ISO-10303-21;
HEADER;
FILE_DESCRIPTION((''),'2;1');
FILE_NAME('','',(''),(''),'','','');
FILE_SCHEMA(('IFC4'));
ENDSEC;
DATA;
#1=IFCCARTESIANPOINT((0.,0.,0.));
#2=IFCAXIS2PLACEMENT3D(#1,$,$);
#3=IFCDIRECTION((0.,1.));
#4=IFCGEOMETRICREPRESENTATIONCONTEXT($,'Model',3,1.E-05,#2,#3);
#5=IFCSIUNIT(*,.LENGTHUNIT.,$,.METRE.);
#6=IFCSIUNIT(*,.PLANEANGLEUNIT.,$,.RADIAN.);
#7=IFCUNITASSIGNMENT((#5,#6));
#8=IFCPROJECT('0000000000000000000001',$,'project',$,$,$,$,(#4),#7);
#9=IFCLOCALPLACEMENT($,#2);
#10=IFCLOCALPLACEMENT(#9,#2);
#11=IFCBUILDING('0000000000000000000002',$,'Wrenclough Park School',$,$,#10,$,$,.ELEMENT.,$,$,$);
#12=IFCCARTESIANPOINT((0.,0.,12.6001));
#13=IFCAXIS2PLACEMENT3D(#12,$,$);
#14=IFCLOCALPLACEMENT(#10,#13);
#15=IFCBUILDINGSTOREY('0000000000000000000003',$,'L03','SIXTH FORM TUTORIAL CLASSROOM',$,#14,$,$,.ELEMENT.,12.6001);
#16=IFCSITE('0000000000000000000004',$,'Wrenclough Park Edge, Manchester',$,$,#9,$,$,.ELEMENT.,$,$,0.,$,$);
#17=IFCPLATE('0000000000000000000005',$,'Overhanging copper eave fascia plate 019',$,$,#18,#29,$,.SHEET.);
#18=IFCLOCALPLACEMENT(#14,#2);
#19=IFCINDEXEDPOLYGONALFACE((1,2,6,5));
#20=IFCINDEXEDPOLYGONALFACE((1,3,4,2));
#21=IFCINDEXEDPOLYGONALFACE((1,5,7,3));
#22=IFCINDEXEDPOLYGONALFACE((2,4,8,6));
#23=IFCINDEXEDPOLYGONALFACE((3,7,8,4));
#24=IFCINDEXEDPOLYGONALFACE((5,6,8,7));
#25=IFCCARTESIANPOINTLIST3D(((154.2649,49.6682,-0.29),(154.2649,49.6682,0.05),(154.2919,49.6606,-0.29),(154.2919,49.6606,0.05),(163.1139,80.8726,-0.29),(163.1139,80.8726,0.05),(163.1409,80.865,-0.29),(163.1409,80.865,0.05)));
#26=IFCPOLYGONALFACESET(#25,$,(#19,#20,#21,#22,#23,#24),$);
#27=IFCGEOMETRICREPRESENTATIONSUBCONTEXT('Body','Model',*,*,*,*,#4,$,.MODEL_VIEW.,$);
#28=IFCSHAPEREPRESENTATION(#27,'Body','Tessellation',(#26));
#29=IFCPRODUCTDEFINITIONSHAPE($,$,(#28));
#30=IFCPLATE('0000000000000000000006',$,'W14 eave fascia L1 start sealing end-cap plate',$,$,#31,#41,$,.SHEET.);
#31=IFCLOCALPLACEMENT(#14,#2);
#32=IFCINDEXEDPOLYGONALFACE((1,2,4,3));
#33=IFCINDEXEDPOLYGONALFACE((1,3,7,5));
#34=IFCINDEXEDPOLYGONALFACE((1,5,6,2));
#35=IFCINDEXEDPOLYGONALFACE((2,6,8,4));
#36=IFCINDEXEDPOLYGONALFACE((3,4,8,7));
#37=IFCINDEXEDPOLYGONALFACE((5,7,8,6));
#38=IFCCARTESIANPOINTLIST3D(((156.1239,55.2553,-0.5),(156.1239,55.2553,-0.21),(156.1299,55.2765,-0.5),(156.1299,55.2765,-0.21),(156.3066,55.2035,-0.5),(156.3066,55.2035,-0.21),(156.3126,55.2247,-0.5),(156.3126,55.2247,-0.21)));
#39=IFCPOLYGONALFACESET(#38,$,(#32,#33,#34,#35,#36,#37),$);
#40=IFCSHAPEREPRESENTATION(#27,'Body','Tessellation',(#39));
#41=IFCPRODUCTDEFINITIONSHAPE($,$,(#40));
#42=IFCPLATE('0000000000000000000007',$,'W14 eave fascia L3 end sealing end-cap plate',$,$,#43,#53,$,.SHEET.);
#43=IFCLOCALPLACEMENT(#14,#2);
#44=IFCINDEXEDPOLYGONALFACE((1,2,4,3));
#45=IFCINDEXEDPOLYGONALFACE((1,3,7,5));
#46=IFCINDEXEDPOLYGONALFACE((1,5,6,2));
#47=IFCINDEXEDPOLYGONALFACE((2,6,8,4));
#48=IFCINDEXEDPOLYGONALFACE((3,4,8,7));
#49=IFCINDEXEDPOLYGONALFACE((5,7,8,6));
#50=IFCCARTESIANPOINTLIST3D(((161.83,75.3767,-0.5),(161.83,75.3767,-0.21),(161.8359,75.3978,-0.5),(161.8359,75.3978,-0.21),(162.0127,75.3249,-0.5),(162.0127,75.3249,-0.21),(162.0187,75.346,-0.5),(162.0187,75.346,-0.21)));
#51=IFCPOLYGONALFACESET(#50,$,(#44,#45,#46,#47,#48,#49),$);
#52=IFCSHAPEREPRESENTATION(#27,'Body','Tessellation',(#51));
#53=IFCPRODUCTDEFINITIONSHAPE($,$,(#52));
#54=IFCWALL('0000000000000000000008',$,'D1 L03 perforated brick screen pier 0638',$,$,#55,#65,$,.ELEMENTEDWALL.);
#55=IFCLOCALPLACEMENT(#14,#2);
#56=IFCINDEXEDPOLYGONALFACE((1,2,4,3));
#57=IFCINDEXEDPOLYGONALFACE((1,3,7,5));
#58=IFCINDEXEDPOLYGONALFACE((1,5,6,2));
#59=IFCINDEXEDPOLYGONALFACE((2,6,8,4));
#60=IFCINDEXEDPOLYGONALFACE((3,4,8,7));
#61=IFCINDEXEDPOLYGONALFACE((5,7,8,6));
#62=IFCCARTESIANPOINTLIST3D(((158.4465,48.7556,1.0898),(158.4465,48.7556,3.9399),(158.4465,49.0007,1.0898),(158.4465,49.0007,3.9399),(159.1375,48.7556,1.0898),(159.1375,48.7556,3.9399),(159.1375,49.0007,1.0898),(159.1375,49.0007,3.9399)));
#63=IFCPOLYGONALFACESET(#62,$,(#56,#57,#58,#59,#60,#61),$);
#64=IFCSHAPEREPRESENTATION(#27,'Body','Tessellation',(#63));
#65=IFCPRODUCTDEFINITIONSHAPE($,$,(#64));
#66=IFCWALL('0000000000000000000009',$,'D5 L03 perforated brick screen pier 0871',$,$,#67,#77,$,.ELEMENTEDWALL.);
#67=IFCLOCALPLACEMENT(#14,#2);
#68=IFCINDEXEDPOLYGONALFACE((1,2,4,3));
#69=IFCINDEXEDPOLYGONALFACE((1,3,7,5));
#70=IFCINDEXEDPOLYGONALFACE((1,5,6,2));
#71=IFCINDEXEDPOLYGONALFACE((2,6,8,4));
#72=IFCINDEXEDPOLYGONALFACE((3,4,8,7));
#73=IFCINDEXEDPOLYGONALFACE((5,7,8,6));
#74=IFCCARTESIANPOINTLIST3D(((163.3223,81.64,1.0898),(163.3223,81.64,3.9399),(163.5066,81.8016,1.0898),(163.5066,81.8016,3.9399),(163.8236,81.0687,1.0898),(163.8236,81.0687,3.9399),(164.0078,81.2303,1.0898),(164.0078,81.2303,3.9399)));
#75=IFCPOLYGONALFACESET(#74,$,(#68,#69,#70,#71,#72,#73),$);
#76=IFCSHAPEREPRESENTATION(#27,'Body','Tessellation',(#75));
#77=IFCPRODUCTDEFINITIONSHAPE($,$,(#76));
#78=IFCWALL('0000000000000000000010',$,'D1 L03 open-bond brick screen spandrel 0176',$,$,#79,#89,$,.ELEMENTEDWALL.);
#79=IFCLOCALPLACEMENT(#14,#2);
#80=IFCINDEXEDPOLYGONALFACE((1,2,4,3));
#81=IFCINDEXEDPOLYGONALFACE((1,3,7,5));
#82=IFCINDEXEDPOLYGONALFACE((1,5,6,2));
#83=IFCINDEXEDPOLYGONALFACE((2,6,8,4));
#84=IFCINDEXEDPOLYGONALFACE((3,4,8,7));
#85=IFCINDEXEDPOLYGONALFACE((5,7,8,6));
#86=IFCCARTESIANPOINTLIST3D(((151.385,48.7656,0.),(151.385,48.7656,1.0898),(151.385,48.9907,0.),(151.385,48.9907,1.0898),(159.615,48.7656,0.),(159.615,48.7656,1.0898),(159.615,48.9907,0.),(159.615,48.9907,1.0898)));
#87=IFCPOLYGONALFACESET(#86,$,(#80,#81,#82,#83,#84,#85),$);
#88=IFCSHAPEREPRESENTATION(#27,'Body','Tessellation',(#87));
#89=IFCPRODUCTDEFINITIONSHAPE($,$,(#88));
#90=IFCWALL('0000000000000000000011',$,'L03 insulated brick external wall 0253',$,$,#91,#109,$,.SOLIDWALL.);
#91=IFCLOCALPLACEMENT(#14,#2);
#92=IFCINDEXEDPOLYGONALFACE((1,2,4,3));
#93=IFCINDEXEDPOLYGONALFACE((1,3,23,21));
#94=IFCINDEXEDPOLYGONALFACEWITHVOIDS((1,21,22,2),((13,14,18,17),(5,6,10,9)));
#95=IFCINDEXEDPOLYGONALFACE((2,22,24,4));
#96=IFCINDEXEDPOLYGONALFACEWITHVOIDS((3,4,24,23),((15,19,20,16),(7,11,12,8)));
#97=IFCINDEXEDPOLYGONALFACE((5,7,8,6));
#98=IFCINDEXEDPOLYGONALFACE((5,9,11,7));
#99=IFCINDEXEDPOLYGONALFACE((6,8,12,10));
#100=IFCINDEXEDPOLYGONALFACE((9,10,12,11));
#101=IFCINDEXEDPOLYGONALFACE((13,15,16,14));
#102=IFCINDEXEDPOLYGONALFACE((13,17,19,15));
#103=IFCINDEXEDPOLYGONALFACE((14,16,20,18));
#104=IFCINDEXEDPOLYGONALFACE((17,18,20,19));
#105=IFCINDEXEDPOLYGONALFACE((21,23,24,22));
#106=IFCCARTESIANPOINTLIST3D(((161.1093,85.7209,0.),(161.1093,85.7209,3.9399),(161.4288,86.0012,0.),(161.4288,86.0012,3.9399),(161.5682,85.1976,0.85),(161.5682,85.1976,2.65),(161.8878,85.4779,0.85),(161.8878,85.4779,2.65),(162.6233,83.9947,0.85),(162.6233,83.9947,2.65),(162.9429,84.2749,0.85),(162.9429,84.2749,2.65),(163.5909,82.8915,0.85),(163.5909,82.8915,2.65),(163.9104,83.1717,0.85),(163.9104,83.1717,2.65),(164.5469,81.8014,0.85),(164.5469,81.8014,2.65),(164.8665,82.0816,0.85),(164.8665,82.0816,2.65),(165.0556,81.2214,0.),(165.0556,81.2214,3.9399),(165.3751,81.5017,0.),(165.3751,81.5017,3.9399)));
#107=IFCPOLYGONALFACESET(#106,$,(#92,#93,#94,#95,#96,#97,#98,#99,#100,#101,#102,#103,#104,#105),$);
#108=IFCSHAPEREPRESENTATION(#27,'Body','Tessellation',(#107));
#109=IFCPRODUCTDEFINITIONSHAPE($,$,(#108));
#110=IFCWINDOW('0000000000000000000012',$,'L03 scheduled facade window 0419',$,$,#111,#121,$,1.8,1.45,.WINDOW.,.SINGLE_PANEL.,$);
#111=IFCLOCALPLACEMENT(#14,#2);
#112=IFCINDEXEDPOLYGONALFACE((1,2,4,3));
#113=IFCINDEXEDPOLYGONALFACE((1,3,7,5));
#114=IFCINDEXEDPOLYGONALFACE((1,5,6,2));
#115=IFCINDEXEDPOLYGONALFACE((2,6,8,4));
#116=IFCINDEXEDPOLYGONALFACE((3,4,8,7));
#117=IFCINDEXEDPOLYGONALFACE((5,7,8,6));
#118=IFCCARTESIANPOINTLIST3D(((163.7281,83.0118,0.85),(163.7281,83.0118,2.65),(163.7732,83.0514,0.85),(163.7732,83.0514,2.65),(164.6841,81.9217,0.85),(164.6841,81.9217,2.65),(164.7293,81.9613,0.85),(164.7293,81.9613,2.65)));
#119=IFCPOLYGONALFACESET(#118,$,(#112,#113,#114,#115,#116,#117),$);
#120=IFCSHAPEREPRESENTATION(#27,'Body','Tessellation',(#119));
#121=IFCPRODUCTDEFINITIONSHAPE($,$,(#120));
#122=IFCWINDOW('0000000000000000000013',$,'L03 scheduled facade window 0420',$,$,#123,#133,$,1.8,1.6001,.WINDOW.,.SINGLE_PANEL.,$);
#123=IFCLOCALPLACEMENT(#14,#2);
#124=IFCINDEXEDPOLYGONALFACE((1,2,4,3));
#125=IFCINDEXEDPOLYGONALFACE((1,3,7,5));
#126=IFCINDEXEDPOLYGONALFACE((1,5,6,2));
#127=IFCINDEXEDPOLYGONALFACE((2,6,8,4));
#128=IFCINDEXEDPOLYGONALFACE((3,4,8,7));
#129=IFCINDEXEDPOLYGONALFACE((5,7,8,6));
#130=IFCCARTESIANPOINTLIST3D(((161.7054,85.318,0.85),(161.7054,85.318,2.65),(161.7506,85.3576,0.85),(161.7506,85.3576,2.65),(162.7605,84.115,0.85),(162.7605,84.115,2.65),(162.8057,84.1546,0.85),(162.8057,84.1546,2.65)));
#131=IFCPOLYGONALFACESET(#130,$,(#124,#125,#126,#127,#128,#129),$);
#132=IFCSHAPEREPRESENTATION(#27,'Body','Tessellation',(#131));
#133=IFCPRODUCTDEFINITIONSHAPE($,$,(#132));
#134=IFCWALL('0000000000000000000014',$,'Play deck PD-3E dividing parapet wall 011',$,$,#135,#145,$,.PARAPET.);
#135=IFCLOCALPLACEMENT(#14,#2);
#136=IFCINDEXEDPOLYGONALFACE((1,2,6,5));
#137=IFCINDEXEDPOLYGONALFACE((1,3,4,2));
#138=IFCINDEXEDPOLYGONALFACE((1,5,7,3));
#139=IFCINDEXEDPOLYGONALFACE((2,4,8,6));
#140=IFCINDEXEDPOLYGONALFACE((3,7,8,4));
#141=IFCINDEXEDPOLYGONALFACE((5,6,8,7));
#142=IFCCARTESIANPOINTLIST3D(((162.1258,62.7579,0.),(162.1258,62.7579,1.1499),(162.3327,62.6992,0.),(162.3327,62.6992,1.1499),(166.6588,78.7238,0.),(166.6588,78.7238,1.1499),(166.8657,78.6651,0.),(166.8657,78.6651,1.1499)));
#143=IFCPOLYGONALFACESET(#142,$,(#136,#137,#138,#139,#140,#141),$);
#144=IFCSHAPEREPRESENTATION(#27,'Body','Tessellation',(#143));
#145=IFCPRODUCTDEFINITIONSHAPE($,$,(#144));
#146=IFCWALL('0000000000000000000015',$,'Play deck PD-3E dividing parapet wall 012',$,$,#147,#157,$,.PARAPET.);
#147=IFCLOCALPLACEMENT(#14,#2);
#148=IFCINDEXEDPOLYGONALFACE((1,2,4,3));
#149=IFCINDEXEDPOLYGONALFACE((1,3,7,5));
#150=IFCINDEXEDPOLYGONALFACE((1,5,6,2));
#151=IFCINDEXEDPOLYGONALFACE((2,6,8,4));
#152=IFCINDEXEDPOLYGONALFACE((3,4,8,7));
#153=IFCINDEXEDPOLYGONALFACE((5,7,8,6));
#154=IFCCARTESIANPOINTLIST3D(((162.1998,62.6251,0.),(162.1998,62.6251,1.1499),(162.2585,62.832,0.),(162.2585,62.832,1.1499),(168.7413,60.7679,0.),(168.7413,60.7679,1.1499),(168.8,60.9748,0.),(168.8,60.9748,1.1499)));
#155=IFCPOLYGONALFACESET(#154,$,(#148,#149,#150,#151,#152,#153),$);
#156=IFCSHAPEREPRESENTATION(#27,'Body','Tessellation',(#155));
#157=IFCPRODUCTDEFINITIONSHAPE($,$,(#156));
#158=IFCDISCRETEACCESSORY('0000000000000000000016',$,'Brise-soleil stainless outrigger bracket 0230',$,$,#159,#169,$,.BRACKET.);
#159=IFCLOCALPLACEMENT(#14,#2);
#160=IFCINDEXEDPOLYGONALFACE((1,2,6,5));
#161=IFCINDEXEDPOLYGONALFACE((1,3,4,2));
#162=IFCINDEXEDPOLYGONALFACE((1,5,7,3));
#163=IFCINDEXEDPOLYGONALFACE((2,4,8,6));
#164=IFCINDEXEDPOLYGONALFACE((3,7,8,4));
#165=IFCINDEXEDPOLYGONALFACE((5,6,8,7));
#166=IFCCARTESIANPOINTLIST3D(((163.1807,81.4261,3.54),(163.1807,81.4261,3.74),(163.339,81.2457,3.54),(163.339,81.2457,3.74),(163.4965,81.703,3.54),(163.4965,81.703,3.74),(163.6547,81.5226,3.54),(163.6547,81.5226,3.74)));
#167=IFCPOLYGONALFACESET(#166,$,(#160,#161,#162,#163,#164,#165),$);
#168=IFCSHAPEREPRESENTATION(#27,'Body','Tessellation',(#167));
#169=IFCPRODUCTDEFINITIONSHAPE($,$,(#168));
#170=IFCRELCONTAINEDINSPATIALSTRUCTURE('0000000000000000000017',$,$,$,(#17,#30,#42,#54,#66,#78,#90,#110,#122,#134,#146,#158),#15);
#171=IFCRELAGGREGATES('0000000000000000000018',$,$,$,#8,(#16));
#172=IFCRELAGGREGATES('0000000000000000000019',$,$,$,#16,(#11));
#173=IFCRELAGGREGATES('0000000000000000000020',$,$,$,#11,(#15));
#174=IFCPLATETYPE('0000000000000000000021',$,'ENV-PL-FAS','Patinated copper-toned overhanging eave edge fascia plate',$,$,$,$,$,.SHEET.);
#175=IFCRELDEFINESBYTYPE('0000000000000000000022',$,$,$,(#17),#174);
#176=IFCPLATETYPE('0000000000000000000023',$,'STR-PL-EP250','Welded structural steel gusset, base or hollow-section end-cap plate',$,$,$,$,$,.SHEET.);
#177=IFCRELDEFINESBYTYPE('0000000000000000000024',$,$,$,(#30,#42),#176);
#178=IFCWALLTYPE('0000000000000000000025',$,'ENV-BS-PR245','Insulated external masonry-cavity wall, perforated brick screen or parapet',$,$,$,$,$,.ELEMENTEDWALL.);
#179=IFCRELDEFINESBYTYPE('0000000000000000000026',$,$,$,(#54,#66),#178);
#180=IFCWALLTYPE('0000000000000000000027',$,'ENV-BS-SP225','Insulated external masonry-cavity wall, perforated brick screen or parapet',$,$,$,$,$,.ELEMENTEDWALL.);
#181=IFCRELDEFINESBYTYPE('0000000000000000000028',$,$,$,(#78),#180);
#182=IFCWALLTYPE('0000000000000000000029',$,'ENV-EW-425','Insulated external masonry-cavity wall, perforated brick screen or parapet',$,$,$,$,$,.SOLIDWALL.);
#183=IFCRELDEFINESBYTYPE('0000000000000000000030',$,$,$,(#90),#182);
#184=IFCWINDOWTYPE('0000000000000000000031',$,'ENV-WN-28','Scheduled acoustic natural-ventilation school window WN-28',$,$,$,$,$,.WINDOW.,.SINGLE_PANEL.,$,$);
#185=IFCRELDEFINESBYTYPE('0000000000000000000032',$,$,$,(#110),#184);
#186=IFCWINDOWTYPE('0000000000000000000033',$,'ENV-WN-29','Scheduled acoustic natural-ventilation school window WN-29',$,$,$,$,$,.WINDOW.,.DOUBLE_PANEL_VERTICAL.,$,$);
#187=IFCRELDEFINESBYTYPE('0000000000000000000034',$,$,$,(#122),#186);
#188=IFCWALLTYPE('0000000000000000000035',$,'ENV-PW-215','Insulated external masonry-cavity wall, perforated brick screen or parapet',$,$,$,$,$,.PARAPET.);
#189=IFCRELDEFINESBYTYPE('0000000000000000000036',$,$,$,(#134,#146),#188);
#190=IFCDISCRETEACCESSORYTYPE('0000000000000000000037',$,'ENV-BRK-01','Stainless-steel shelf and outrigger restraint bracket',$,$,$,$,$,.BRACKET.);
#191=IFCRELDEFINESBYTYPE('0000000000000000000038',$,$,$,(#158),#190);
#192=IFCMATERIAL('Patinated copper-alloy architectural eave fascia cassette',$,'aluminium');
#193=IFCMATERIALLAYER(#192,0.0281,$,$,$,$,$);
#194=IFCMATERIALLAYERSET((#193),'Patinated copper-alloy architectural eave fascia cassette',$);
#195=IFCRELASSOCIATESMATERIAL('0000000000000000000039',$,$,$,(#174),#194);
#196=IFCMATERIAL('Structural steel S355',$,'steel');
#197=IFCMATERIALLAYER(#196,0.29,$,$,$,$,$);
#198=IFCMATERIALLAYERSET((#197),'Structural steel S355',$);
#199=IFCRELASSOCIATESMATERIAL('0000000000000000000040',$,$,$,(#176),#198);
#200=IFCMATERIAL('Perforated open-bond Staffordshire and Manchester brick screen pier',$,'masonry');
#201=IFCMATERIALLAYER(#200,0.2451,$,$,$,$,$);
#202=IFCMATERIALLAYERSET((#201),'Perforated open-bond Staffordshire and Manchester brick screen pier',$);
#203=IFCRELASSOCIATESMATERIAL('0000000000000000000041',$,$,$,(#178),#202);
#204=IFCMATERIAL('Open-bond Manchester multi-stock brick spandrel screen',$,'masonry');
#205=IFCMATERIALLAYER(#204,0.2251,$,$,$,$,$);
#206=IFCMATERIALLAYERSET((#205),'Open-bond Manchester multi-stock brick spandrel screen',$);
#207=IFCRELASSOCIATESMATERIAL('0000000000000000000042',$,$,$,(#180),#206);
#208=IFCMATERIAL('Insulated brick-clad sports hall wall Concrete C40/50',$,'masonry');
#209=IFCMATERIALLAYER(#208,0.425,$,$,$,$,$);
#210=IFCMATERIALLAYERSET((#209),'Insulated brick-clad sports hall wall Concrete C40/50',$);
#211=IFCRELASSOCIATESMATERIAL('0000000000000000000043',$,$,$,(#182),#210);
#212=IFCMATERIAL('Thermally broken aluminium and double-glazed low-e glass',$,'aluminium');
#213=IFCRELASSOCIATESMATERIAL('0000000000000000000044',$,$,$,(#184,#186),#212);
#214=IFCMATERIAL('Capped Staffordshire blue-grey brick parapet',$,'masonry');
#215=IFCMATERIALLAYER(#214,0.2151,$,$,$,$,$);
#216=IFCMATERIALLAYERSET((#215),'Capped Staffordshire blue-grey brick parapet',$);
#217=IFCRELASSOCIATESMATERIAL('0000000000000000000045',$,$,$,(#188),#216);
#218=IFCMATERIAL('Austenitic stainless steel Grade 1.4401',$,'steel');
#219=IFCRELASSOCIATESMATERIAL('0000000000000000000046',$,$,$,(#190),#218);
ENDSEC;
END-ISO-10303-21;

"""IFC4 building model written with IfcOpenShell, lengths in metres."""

from ifc_helpers import new_model, si_unit, direction, frame, frame_2d, origin, origin_2d, place, context, subcontext, project, spatial, rectangle, extrude, material, layer, layer_set, type_object, element, fill, save


model = new_model("IFC4")

# Units and contexts
model_context = context("Model", 3, precision=1e-05, world=origin(), true_north=direction((0.0, 1.0)))
body_context = subcontext(model_context, "Body", "Model", "MODEL_VIEW")
ifc_project = project(units=[si_unit("LENGTHUNIT", "METRE"), si_unit("PLANEANGLEUNIT", "RADIAN")], contexts=[model_context])

# Site, building, storey
site_placement = place(None, origin())
site = spatial("IfcSite", under=ifc_project, at=site_placement, Name="Wrenclough Park Edge, Manchester", CompositionType="ELEMENT", RefElevation=0.0)
building_placement = place(site_placement, origin())
building = spatial("IfcBuilding", under=site, at=building_placement, Name="Wrenclough Park School", CompositionType="ELEMENT")
storey_placement = place(building_placement, frame((0.0, 0.0, 12.6001)))
storey = spatial("IfcBuildingStorey", under=building, at=storey_placement, Name="L03", Description="SIXTH FORM TUTORIAL CLASSROOM", CompositionType="ELEMENT", Elevation=12.6001)

# Shared definitions
ifc_material_1 = material(Name="Structural steel S355", Category="steel")

# Plates
ifc_material_2 = material(Name="Patinated copper-alloy architectural eave fascia cassette", Category="aluminium")
ifc_layer_1 = layer(ifc_material_2, 0.0281)
ifc_layer_set_1 = layer_set([ifc_layer_1], Name="Patinated copper-alloy architectural eave fascia cassette")
plate_type_1 = type_object("IfcPlateType", Name="ENV-PL-FAS", Description="Patinated copper-toned overhanging eave edge fascia plate", PredefinedType="SHEET", material=ifc_layer_set_1)
plate_placement = place(storey_placement, frame((158.7029, 65.2666, -0.29), z_axis=(0.0, 0.0, 1.0), x_axis=(-0.272824, -0.962064, 0.0)))
element("IfcPlate", 1, at=plate_placement, inside=storey, type_object=plate_type_1, Name="Overhanging copper eave fascia plate 019", PredefinedType="SHEET", context=body_context, shape_type="SweptSolid", body=[
    extrude(rectangle(XDim=32.4348, YDim=0.0281, at=origin_2d()), origin(), (0.0, 0.0, 1.0), 0.3401),
])
ifc_layer_2 = layer(ifc_material_1, 0.29)
ifc_layer_set_2 = layer_set([ifc_layer_2], Name="Structural steel S355")
plate_type_2 = type_object("IfcPlateType", Name="STR-PL-EP250", Description="Welded structural steel gusset, base or hollow-section end-cap plate", PredefinedType="SHEET", material=ifc_layer_set_2)
for number, where, z_axis, x_axis, name in (
    (2, (156.2183, 55.24, -0.5), (0.0, 0.0, 1.0), (0.272784, 0.962075, 0.0), "W14 eave fascia L1 start sealing end-cap plate"),
    (3, (161.9243, 75.3613, -0.5), (0.0, 0.0, 1.0), (0.272784, 0.962075, 0.0), "W14 eave fascia L3 end sealing end-cap plate"),
):
    element("IfcPlate", number, at=place(storey_placement, frame(where, z_axis=z_axis, x_axis=x_axis)), inside=storey, type_object=plate_type_2, Name=name, PredefinedType="SHEET", context=body_context, shape_type="SweptSolid", body=[
        extrude(rectangle(XDim=0.022, YDim=0.1899, at=origin_2d()), origin(), (0.0, 0.0, 1.0), 0.29),
    ])

# Walls
ifc_material_3 = material(Name="Perforated open-bond Staffordshire and Manchester brick screen pier", Category="masonry")
ifc_layer_3 = layer(ifc_material_3, 0.2451)
ifc_layer_set_3 = layer_set([ifc_layer_3], Name="Perforated open-bond Staffordshire and Manchester brick screen pier")
wall_type_1 = type_object("IfcWallType", Name="ENV-BS-PR245", Description="Insulated external masonry-cavity wall, perforated brick screen or parapet", PredefinedType="ELEMENTEDWALL", material=ifc_layer_set_3)
wall_1_placement = place(storey_placement, frame((159.1375, 48.8782, 1.0898), z_axis=(0.0, 0.0, 1.0), x_axis=(-1.0, 0.0, 0.0)))
element("IfcWall", 4, at=wall_1_placement, inside=storey, type_object=wall_type_1, Name="D1 L03 perforated brick screen pier 0638", PredefinedType="ELEMENTEDWALL", context=body_context, shape_type="SweptSolid", body=[
    extrude(rectangle(XDim=0.6909, YDim=0.2451, at=frame_2d((0.3455, 0.0))), origin(), (0.0, 0.0, 1.0), 2.8501),
])
wall_2_placement = place(storey_placement, frame((163.4146, 81.7207, 1.0898), z_axis=(0.0, 0.0, 1.0), x_axis=(0.659505, -0.7517, 0.0)))
element("IfcWall", 5, at=wall_2_placement, inside=storey, type_object=wall_type_1, Name="D5 L03 perforated brick screen pier 0871", PredefinedType="ELEMENTEDWALL", context=body_context, shape_type="SweptSolid", body=[
    extrude(rectangle(XDim=0.76, YDim=0.2451, at=frame_2d((0.3799, 0.0))), origin(), (0.0, 0.0, 1.0), 2.8501),
])
ifc_material_4 = material(Name="Open-bond Manchester multi-stock brick spandrel screen", Category="masonry")
ifc_layer_4 = layer(ifc_material_4, 0.2251)
ifc_layer_set_4 = layer_set([ifc_layer_4], Name="Open-bond Manchester multi-stock brick spandrel screen")
wall_type_2 = type_object("IfcWallType", Name="ENV-BS-SP225", Description="Insulated external masonry-cavity wall, perforated brick screen or parapet", PredefinedType="ELEMENTEDWALL", material=ifc_layer_set_4)
wall_3_placement = place(storey_placement, frame((159.615, 48.8782, 0.0), z_axis=(0.0, 0.0, 1.0), x_axis=(-1.0, 0.0, 0.0)))
element("IfcWall", 6, at=wall_3_placement, inside=storey, type_object=wall_type_2, Name="D1 L03 open-bond brick screen spandrel 0176", PredefinedType="ELEMENTEDWALL", context=body_context, shape_type="SweptSolid", body=[
    extrude(rectangle(XDim=8.23, YDim=0.2251, at=frame_2d((4.115, 0.0))), origin(), (0.0, 0.0, 1.0), 1.0898),
])

# Wall, openings, windows
ifc_material_5 = material(Name="Insulated brick-clad sports hall wall Concrete C40/50", Category="masonry")
ifc_layer_5 = layer(ifc_material_5, 0.425)
ifc_layer_set_5 = layer_set([ifc_layer_5], Name="Insulated brick-clad sports hall wall Concrete C40/50")
wall_type_3 = type_object("IfcWallType", Name="ENV-EW-425", Description="Insulated external masonry-cavity wall, perforated brick screen or parapet", PredefinedType="SOLIDWALL", material=ifc_layer_set_5)
wall_4_placement = place(storey_placement, frame((165.2153, 81.3616, 0.0), z_axis=(0.0, 0.0, 1.0), x_axis=(-0.659376, 0.751813, 0.0)))
wall_4 = element("IfcWall", 7, at=wall_4_placement, inside=storey, type_object=wall_type_3, Name="L03 insulated brick external wall 0253", PredefinedType="SOLIDWALL", context=body_context, shape_type="SweptSolid", body=[
    extrude(rectangle(XDim=5.9849, YDim=0.425, at=frame_2d((2.9924, 0.0))), origin(), (0.0, 0.0, 1.0), 3.9399),
])
opening_1_placement = place(wall_4_placement, frame((0.7712, 0.0, 0.8501)))
opening_1 = element("IfcOpeningElement", 8, at=opening_1_placement, cuts=wall_4, PredefinedType="OPENING", context=body_context, shape_type="SweptSolid", body=[
    extrude(rectangle(XDim=1.45, YDim=1.8, at=frame_2d((0.7251, 0.8999))), frame((0.0, 0.2224, 0.0), z_axis=(0.0, -1.0, 0.0), x_axis=(1.0, 0.0, 0.0)), (0.0, 0.0, 1.0), 0.4451),
])
opening_2_placement = place(wall_4_placement, frame((3.6887, 0.0, 0.8501)))
opening_2 = element("IfcOpeningElement", 9, at=opening_2_placement, cuts=wall_4, PredefinedType="OPENING", context=body_context, shape_type="SweptSolid", body=[
    extrude(rectangle(XDim=1.6001, YDim=1.8, at=frame_2d((0.8, 0.8999))), frame((0.0, 0.2224, 0.0), z_axis=(0.0, -1.0, 0.0), x_axis=(1.0, 0.0, 0.0)), (0.0, 0.0, 1.0), 0.4451),
])
ifc_material_6 = material(Name="Thermally broken aluminium and double-glazed low-e glass", Category="aluminium")
window_type_1 = type_object("IfcWindowType", Name="ENV-WN-28", Description="Scheduled acoustic natural-ventilation school window WN-28", PartitioningType="SINGLE_PANEL", PredefinedType="WINDOW", material=ifc_material_6)
window_1_placement = place(opening_1_placement, origin())
window_1 = element("IfcWindow", 10, at=window_1_placement, inside=storey, type_object=window_type_1, Name="L03 scheduled facade window 0419", OverallHeight=1.8, OverallWidth=1.45, PartitioningType="SINGLE_PANEL", PredefinedType="WINDOW", context=body_context, shape_type="SweptSolid", body=[
    extrude(rectangle(XDim=1.45, YDim=1.8, at=frame_2d((0.7251, 0.8999))), frame((0.0, 0.03, 0.0), z_axis=(0.0, -1.0, 0.0), x_axis=(1.0, 0.0, 0.0)), (0.0, 0.0, 1.0), 0.0601),
])
fill(opening_1, window_1)
window_type_2 = type_object("IfcWindowType", Name="ENV-WN-29", Description="Scheduled acoustic natural-ventilation school window WN-29", PartitioningType="DOUBLE_PANEL_VERTICAL", PredefinedType="WINDOW", material=ifc_material_6)
window_2_placement = place(opening_2_placement, origin())
window_2 = element("IfcWindow", 11, at=window_2_placement, inside=storey, type_object=window_type_2, Name="L03 scheduled facade window 0420", OverallHeight=1.8, OverallWidth=1.6001, PartitioningType="SINGLE_PANEL", PredefinedType="WINDOW", context=body_context, shape_type="SweptSolid", body=[
    extrude(rectangle(XDim=1.6001, YDim=1.8, at=frame_2d((0.8, 0.8999))), frame((0.0, 0.03, 0.0), z_axis=(0.0, -1.0, 0.0), x_axis=(1.0, 0.0, 0.0)), (0.0, 0.0, 1.0), 0.0601),
])
fill(opening_2, window_2)

# Walls
ifc_material_7 = material(Name="Capped Staffordshire blue-grey brick parapet", Category="masonry")
ifc_layer_6 = layer(ifc_material_7, 0.2151)
ifc_layer_set_6 = layer_set([ifc_layer_6], Name="Capped Staffordshire blue-grey brick parapet")
wall_type_4 = type_object("IfcWallType", Name="ENV-PW-215", Description="Insulated external masonry-cavity wall, perforated brick screen or parapet", PredefinedType="PARAPET", material=ifc_layer_set_6)
wall_5_placement = place(storey_placement, frame((166.7622, 78.6943, 0.0), z_axis=(0.0, 0.0, 1.0), x_axis=(-0.273122, -0.961979, 0.0)))
element("IfcWall", 12, at=wall_5_placement, inside=storey, type_object=wall_type_4, Name="Play deck PD-3E dividing parapet wall 011", PredefinedType="PARAPET", context=body_context, shape_type="SweptSolid", body=[
    extrude(rectangle(XDim=16.5969, YDim=0.2151, at=frame_2d((8.2983, 0.0))), origin(), (0.0, 0.0, 1.0), 1.1499),
])
wall_6_placement = place(storey_placement, frame((162.2292, 62.7285, 0.0), z_axis=(0.0, 0.0, 1.0), x_axis=(0.961982, -0.273113, 0.0)))
element("IfcWall", 13, at=wall_6_placement, inside=storey, type_object=wall_type_4, Name="Play deck PD-3E dividing parapet wall 012", PredefinedType="PARAPET", context=body_context, shape_type="SweptSolid", body=[
    extrude(rectangle(XDim=6.8, YDim=0.2151, at=frame_2d((3.3999, 0.0))), origin(), (0.0, 0.0, 1.0), 1.1499),
])

# Discrete accessory
ifc_material_8 = material(Name="Austenitic stainless steel Grade 1.4401", Category="steel")
discrete_accessory_type = type_object("IfcDiscreteAccessoryType", Name="ENV-BRK-01", Description="Stainless-steel shelf and outrigger restraint bracket", PredefinedType="BRACKET", material=ifc_material_8)
discrete_accessory_placement = place(storey_placement, frame((163.4177, 81.4744, 3.54), z_axis=(0.0, 0.0, 1.0), x_axis=(0.659347, -0.751839, 0.0)))
element("IfcDiscreteAccessory", 14, at=discrete_accessory_placement, inside=storey, type_object=discrete_accessory_type, Name="Brise-soleil stainless outrigger bracket 0230", PredefinedType="BRACKET", context=body_context, shape_type="SweptSolid", body=[
    extrude(rectangle(XDim=0.24, YDim=0.4199, at=origin_2d()), origin(), (0.0, 0.0, 1.0), 0.2),
])

save(model, "model.ifc")
